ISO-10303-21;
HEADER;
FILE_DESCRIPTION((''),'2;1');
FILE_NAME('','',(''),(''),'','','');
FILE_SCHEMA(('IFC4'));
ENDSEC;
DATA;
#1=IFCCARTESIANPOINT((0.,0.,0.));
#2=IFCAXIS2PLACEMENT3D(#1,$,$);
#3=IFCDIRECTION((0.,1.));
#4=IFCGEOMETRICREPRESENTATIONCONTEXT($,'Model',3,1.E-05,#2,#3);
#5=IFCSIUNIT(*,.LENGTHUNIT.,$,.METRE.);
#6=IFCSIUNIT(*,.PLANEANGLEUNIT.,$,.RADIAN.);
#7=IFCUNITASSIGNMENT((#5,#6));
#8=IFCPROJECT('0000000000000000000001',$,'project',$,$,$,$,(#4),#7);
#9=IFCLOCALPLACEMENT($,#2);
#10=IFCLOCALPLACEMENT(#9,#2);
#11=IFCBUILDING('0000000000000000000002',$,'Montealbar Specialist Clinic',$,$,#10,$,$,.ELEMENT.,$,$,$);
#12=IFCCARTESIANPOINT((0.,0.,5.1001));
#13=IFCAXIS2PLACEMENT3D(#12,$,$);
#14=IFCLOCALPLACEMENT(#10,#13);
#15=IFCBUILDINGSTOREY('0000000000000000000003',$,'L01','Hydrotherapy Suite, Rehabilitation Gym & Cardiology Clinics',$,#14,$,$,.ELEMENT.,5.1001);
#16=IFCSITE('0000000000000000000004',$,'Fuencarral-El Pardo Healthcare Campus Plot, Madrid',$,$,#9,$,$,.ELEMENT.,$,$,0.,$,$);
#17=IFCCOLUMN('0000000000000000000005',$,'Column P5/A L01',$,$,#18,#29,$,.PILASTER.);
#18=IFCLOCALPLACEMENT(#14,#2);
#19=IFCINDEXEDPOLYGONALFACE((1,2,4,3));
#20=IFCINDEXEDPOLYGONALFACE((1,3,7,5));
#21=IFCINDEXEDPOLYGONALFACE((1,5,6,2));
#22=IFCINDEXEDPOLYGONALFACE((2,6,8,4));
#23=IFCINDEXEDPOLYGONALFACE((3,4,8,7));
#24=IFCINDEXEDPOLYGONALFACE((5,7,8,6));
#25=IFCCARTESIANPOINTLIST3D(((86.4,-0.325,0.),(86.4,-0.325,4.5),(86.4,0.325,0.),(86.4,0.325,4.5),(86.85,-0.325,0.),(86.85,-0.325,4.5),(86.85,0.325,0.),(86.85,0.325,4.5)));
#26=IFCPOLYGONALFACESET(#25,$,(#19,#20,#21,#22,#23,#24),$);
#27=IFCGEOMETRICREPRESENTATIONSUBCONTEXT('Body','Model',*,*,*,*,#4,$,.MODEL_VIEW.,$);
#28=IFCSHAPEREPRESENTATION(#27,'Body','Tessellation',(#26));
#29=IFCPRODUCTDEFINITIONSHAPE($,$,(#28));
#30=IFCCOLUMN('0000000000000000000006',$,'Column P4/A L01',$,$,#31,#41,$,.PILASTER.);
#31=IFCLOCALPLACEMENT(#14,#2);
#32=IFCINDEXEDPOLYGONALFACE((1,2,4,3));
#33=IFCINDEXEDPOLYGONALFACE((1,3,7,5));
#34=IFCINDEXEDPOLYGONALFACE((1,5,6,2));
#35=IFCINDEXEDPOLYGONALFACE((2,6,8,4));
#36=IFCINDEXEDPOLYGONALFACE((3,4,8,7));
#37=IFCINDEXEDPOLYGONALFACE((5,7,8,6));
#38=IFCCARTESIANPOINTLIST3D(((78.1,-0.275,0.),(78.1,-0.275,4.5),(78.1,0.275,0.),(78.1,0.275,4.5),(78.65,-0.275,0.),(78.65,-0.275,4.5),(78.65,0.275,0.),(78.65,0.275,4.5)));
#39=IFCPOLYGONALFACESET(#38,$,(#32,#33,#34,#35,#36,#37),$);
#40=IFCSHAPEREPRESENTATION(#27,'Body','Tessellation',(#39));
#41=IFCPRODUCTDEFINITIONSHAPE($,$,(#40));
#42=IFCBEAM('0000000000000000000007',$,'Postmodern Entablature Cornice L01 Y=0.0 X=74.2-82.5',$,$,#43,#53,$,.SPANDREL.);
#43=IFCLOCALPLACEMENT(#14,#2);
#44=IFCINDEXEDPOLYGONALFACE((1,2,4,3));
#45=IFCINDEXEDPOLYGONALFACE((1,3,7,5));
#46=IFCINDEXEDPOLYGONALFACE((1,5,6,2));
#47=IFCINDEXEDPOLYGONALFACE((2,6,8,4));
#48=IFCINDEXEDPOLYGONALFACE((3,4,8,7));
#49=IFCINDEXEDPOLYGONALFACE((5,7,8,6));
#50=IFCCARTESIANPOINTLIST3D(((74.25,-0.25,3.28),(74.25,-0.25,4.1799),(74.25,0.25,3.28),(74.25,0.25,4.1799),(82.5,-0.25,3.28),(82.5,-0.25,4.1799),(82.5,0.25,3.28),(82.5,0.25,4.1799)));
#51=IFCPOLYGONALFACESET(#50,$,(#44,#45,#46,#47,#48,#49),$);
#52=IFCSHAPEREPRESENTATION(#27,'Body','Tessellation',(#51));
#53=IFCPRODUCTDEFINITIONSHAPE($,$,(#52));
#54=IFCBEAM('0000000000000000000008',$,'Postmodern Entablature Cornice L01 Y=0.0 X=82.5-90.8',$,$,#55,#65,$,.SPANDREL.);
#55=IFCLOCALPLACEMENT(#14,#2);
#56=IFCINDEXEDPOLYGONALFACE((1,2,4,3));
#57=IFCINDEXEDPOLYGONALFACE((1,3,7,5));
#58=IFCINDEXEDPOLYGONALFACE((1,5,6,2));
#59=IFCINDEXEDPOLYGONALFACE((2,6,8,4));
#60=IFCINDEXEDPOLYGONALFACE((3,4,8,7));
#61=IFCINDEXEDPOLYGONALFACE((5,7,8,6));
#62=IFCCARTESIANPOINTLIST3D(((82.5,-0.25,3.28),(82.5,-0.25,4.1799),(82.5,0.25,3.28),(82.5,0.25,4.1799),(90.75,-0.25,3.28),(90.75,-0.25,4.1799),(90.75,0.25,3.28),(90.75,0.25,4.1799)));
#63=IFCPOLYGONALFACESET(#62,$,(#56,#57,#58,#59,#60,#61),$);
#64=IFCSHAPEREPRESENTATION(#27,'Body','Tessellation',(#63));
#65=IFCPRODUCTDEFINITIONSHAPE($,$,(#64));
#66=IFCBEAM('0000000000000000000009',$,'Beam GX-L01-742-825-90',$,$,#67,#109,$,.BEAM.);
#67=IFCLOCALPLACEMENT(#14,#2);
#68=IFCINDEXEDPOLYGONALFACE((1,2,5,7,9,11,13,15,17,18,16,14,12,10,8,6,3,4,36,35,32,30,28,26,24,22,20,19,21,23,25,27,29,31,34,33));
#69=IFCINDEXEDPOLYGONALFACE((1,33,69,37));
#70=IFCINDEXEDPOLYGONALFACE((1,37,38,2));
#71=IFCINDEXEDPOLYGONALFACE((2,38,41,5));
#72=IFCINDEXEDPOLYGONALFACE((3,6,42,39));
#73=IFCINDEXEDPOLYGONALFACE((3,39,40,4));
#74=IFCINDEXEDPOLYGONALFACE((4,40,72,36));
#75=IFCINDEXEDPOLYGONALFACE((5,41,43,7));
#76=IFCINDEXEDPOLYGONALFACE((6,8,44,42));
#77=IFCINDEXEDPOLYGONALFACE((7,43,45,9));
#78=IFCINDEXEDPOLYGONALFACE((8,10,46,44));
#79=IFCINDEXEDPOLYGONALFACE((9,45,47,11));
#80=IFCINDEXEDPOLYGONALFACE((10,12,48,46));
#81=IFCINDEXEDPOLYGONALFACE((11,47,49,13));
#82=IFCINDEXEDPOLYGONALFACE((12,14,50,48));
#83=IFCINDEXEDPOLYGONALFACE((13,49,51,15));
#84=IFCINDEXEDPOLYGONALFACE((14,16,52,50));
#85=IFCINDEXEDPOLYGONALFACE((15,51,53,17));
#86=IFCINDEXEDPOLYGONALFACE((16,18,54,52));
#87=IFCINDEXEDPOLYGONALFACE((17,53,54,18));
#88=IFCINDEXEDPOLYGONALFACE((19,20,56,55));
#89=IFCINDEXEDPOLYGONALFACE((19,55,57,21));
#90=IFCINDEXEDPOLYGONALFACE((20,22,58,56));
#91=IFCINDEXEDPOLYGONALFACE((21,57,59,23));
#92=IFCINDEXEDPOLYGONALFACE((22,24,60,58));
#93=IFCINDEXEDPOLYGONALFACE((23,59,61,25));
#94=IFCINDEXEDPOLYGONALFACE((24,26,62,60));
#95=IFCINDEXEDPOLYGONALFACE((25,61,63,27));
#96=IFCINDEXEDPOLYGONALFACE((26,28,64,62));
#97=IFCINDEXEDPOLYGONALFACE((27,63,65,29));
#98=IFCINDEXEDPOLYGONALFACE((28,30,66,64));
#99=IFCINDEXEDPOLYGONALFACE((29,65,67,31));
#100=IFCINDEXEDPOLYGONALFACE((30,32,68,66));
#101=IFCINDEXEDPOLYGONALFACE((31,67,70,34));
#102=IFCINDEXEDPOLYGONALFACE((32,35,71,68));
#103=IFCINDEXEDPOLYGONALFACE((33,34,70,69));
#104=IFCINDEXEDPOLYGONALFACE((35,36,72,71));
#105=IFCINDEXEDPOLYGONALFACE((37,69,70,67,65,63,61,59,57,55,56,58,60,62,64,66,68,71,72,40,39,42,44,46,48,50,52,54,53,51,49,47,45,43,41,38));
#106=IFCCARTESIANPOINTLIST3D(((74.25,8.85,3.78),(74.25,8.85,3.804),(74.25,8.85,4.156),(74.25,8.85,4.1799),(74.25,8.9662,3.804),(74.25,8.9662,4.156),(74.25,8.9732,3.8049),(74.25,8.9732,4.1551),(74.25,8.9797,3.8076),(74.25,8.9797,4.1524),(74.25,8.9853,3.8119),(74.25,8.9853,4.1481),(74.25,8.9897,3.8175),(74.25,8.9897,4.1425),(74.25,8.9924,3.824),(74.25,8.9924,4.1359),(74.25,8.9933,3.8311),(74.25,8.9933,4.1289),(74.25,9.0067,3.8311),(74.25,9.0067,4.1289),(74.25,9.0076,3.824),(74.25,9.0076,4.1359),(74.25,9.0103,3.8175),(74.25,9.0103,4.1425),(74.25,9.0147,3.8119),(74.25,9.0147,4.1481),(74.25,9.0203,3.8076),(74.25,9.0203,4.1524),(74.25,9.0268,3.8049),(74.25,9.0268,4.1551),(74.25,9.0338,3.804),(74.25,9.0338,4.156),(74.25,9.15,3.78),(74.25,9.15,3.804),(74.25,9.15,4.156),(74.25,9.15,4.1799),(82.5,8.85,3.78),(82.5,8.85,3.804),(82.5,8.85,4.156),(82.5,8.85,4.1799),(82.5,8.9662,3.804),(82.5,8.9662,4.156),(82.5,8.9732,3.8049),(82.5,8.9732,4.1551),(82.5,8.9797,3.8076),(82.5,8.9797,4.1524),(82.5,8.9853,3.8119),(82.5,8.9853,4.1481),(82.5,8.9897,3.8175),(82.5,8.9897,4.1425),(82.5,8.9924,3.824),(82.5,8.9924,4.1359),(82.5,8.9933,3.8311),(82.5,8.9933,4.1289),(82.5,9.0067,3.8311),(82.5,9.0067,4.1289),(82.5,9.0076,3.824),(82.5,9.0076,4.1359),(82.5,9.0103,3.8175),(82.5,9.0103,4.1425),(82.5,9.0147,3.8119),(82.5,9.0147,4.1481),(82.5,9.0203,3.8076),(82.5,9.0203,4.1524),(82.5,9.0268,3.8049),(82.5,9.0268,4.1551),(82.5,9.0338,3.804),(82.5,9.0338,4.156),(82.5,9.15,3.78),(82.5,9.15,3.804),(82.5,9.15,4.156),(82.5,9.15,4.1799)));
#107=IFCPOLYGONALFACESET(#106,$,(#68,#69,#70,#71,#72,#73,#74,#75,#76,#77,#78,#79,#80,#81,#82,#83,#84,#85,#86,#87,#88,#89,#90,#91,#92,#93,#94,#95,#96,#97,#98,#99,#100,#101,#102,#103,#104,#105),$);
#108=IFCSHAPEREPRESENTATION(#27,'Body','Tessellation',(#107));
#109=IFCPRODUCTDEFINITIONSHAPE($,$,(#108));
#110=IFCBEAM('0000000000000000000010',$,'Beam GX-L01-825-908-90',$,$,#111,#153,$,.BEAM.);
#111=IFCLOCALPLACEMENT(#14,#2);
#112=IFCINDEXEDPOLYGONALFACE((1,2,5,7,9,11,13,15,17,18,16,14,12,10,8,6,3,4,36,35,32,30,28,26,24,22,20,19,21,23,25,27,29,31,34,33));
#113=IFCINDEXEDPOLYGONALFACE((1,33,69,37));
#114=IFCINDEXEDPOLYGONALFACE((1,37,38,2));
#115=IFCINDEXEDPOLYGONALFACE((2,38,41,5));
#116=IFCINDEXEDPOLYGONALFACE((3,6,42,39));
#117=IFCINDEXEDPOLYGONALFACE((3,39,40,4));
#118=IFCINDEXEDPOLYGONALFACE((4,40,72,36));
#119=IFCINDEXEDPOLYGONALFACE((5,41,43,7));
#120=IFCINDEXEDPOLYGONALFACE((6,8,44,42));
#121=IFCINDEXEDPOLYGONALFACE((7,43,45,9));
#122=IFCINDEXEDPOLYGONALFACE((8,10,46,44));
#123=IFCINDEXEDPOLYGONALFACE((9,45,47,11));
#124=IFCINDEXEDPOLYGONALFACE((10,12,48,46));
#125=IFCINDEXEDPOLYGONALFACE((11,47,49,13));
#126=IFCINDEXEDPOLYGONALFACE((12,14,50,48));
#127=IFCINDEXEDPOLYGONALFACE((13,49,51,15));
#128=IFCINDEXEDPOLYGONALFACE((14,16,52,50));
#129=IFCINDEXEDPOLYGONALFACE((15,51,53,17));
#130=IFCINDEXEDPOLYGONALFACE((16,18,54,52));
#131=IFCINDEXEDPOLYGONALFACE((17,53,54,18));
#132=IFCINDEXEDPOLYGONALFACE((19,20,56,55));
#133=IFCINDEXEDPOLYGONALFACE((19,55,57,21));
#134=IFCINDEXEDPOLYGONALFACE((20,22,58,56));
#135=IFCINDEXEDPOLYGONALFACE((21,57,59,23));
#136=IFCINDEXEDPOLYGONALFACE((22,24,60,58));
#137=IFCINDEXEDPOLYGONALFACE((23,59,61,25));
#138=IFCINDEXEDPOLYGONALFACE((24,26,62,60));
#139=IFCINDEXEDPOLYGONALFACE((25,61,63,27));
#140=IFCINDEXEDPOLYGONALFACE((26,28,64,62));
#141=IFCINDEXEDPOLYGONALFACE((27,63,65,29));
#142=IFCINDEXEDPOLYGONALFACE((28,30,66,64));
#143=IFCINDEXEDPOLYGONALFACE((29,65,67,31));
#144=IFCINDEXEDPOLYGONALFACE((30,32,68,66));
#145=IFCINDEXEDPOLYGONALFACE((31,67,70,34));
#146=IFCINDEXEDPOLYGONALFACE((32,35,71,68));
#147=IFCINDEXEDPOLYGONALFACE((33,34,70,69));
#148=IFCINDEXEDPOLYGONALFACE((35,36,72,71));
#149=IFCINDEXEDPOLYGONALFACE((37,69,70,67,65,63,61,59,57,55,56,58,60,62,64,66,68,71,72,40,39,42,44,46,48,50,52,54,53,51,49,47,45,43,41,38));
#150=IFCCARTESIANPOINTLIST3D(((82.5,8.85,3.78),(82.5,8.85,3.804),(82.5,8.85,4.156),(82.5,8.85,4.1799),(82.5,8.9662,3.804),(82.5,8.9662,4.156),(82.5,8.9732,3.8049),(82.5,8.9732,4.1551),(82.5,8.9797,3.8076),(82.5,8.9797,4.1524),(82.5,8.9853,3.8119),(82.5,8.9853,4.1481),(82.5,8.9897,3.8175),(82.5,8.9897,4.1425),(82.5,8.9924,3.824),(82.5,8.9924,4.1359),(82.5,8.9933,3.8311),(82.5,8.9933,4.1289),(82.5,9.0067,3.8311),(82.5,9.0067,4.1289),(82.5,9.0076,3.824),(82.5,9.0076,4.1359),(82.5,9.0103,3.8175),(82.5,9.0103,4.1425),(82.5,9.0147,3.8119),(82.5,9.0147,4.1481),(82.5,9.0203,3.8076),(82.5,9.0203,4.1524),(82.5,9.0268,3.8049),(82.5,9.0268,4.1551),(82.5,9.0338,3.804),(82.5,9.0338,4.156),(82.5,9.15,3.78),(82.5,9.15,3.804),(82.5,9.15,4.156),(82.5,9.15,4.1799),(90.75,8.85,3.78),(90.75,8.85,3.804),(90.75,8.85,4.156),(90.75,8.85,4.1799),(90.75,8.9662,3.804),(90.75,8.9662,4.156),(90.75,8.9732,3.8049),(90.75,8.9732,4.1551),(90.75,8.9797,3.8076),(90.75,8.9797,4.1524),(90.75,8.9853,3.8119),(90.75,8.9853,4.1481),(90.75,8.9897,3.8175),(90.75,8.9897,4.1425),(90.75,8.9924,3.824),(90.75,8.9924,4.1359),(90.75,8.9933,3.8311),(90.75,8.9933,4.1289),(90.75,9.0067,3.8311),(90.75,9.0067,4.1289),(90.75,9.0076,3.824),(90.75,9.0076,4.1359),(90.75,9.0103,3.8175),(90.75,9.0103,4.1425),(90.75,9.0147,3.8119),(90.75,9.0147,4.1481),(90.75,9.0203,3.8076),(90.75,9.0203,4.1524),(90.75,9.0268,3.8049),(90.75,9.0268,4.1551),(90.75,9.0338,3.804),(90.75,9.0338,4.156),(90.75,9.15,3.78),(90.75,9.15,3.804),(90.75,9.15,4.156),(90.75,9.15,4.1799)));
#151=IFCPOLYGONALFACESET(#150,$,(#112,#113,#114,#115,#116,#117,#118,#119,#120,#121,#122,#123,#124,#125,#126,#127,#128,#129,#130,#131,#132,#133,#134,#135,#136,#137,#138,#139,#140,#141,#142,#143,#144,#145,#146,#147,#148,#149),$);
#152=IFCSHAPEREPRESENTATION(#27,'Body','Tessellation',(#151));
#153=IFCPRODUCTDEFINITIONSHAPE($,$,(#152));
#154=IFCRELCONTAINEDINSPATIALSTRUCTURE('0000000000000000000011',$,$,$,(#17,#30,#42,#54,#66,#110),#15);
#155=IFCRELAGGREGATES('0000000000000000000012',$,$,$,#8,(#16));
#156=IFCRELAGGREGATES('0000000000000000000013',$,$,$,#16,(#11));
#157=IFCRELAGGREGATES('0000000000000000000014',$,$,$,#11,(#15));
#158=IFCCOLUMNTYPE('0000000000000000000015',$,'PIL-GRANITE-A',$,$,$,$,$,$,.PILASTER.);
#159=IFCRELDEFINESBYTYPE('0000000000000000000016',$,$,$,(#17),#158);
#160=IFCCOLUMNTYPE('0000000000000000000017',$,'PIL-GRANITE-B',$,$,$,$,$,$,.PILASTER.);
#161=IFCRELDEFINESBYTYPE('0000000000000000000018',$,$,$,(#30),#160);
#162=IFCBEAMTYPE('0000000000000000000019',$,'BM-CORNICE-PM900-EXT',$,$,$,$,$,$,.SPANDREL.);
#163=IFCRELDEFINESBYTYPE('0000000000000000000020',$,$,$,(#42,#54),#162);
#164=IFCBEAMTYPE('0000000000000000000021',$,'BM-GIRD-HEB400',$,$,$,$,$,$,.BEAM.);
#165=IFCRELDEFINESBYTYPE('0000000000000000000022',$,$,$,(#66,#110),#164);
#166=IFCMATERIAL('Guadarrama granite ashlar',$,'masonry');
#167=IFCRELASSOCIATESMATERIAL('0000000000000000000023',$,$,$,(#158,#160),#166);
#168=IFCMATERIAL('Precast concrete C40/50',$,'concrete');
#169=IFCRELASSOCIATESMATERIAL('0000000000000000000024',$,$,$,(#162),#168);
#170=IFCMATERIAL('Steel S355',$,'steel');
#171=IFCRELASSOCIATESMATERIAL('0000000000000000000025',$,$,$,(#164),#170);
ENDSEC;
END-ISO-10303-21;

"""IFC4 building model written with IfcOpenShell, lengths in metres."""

from ifc_helpers import new_model, si_unit, direction, frame, origin, origin_2d, place, context, subcontext, project, spatial, rectangle, i_section, extrude, material, material_profile, profile_set, type_object, element, save


model = new_model("IFC4")

# Units and contexts
model_context = context("Model", 3, precision=1e-05, world=origin(), true_north=direction((0.0, 1.0)))
body_context = subcontext(model_context, "Body", "Model", "MODEL_VIEW")
ifc_project = project(units=[si_unit("LENGTHUNIT", "METRE"), si_unit("PLANEANGLEUNIT", "RADIAN")], contexts=[model_context])

# Site, building, storey
site_placement = place(None, origin())
site = spatial("IfcSite", under=ifc_project, at=site_placement, Name="Fuencarral-El Pardo Healthcare Campus Plot, Madrid", CompositionType="ELEMENT", RefElevation=0.0)
building_placement = place(site_placement, origin())
building = spatial("IfcBuilding", under=site, at=building_placement, Name="Montealbar Specialist Clinic", CompositionType="ELEMENT")
storey_placement = place(building_placement, frame((0.0, 0.0, 5.1001)))
storey = spatial("IfcBuildingStorey", under=building, at=storey_placement, Name="L01", Description="Hydrotherapy Suite, Rehabilitation Gym & Cardiology Clinics", CompositionType="ELEMENT", Elevation=5.1001)

# Columns
ifc_material_1 = material(Name="Steel S355", Category="steel")
ifc_material_2 = material(Name="Guadarrama granite ashlar", Category="masonry")
ifc_material_profile_1 = material_profile(ifc_material_2, rectangle(XDim=0.45, YDim=0.6499, at=origin_2d()), Name="GRANITE PILASTER 450x650", Category="masonry")
ifc_profile_set_1 = profile_set([ifc_material_profile_1], Name="Guadarrama granite ashlar")
column_type_1 = type_object("IfcColumnType", Name="PIL-GRANITE-A", PredefinedType="PILASTER", material=ifc_profile_set_1)
column_1_placement = place(storey_placement, frame((86.625, 0.0, 0.0), z_axis=(0.0, 0.0, 1.0), x_axis=(1.0, 0.0, 0.0)))
element("IfcColumn", 1, at=column_1_placement, inside=storey, type_object=column_type_1, Name="Column P5/A L01", PredefinedType="PILASTER", context=body_context, shape_type="SweptSolid", body=[
    extrude(rectangle(XDim=0.45, YDim=0.6499, at=origin_2d()), origin(), (0.0, 0.0, 1.0), 4.5),
])
ifc_material_profile_2 = material_profile(ifc_material_2, rectangle(XDim=0.55, YDim=0.55, at=origin_2d()), Name="GRANITE PILASTER 550x550", Category="masonry")
ifc_profile_set_2 = profile_set([ifc_material_profile_2], Name="Guadarrama granite ashlar")
column_type_2 = type_object("IfcColumnType", Name="PIL-GRANITE-B", PredefinedType="PILASTER", material=ifc_profile_set_2)
column_2_placement = place(storey_placement, frame((78.375, 0.0, 0.0), z_axis=(0.0, 0.0, 1.0), x_axis=(1.0, 0.0, 0.0)))
element("IfcColumn", 2, at=column_2_placement, inside=storey, type_object=column_type_2, Name="Column P4/A L01", PredefinedType="PILASTER", context=body_context, shape_type="SweptSolid", body=[
    extrude(rectangle(XDim=0.55, YDim=0.55, at=origin_2d()), origin(), (0.0, 0.0, 1.0), 4.5),
])

# Beams
ifc_material_3 = material(Name="Precast concrete C40/50", Category="concrete")
ifc_material_profile_3 = material_profile(ifc_material_3, rectangle(XDim=0.5, YDim=0.8999, at=origin_2d()), Name="PRECAST CORNICE 500x900", Category="concrete")
ifc_profile_set_3 = profile_set([ifc_material_profile_3], Name="Precast concrete C40/50")
beam_type_1 = type_object("IfcBeamType", Name="BM-CORNICE-PM900-EXT", PredefinedType="SPANDREL", material=ifc_profile_set_3)
for number, where, z_axis, x_axis, name in (
    (3, (74.25, 0.0, 3.73), (1.0, 0.0, 0.0), (0.0, 1.0, 0.0), "Postmodern Entablature Cornice L01 Y=0.0 X=74.2-82.5"),
    (4, (82.5, 0.0, 3.73), (1.0, 0.0, 0.0), (0.0, 1.0, 0.0), "Postmodern Entablature Cornice L01 Y=0.0 X=82.5-90.8"),
):
    element("IfcBeam", number, at=place(storey_placement, frame(where, z_axis=z_axis, x_axis=x_axis)), inside=storey, type_object=beam_type_1, Name=name, PredefinedType="SPANDREL", context=body_context, shape_type="SweptSolid", body=[
        extrude(rectangle(XDim=0.5, YDim=0.8999, at=origin_2d()), origin(), (0.0, 0.0, 1.0), 8.25),
    ])
ifc_material_profile_4 = material_profile(ifc_material_1, i_section(OverallWidth=0.3, OverallDepth=0.3999, WebThickness=0.0134, FlangeThickness=0.0239, FilletRadius=0.0271, at=origin_2d()), Name="HEB 400", Category="steel")
ifc_profile_set_4 = profile_set([ifc_material_profile_4], Name="Steel S355")
beam_type_2 = type_object("IfcBeamType", Name="BM-GIRD-HEB400", PredefinedType="BEAM", material=ifc_profile_set_4)
for number, where, z_axis, x_axis, name in (
    (5, (74.25, 9.0, 3.98), (1.0, 0.0, 0.0), (0.0, 1.0, 0.0), "Beam GX-L01-742-825-90"),
    (6, (82.5, 9.0, 3.98), (1.0, 0.0, 0.0), (0.0, 1.0, 0.0), "Beam GX-L01-825-908-90"),
):
    element("IfcBeam", number, at=place(storey_placement, frame(where, z_axis=z_axis, x_axis=x_axis)), inside=storey, type_object=beam_type_2, Name=name, PredefinedType="BEAM", context=body_context, shape_type="SweptSolid", body=[
        extrude(i_section(OverallWidth=0.3, OverallDepth=0.3999, WebThickness=0.0134, FlangeThickness=0.0239, FilletRadius=0.0271, at=origin_2d()), origin(), (0.0, 0.0, 1.0), 8.25),
    ])

save(model, "model.ifc")
